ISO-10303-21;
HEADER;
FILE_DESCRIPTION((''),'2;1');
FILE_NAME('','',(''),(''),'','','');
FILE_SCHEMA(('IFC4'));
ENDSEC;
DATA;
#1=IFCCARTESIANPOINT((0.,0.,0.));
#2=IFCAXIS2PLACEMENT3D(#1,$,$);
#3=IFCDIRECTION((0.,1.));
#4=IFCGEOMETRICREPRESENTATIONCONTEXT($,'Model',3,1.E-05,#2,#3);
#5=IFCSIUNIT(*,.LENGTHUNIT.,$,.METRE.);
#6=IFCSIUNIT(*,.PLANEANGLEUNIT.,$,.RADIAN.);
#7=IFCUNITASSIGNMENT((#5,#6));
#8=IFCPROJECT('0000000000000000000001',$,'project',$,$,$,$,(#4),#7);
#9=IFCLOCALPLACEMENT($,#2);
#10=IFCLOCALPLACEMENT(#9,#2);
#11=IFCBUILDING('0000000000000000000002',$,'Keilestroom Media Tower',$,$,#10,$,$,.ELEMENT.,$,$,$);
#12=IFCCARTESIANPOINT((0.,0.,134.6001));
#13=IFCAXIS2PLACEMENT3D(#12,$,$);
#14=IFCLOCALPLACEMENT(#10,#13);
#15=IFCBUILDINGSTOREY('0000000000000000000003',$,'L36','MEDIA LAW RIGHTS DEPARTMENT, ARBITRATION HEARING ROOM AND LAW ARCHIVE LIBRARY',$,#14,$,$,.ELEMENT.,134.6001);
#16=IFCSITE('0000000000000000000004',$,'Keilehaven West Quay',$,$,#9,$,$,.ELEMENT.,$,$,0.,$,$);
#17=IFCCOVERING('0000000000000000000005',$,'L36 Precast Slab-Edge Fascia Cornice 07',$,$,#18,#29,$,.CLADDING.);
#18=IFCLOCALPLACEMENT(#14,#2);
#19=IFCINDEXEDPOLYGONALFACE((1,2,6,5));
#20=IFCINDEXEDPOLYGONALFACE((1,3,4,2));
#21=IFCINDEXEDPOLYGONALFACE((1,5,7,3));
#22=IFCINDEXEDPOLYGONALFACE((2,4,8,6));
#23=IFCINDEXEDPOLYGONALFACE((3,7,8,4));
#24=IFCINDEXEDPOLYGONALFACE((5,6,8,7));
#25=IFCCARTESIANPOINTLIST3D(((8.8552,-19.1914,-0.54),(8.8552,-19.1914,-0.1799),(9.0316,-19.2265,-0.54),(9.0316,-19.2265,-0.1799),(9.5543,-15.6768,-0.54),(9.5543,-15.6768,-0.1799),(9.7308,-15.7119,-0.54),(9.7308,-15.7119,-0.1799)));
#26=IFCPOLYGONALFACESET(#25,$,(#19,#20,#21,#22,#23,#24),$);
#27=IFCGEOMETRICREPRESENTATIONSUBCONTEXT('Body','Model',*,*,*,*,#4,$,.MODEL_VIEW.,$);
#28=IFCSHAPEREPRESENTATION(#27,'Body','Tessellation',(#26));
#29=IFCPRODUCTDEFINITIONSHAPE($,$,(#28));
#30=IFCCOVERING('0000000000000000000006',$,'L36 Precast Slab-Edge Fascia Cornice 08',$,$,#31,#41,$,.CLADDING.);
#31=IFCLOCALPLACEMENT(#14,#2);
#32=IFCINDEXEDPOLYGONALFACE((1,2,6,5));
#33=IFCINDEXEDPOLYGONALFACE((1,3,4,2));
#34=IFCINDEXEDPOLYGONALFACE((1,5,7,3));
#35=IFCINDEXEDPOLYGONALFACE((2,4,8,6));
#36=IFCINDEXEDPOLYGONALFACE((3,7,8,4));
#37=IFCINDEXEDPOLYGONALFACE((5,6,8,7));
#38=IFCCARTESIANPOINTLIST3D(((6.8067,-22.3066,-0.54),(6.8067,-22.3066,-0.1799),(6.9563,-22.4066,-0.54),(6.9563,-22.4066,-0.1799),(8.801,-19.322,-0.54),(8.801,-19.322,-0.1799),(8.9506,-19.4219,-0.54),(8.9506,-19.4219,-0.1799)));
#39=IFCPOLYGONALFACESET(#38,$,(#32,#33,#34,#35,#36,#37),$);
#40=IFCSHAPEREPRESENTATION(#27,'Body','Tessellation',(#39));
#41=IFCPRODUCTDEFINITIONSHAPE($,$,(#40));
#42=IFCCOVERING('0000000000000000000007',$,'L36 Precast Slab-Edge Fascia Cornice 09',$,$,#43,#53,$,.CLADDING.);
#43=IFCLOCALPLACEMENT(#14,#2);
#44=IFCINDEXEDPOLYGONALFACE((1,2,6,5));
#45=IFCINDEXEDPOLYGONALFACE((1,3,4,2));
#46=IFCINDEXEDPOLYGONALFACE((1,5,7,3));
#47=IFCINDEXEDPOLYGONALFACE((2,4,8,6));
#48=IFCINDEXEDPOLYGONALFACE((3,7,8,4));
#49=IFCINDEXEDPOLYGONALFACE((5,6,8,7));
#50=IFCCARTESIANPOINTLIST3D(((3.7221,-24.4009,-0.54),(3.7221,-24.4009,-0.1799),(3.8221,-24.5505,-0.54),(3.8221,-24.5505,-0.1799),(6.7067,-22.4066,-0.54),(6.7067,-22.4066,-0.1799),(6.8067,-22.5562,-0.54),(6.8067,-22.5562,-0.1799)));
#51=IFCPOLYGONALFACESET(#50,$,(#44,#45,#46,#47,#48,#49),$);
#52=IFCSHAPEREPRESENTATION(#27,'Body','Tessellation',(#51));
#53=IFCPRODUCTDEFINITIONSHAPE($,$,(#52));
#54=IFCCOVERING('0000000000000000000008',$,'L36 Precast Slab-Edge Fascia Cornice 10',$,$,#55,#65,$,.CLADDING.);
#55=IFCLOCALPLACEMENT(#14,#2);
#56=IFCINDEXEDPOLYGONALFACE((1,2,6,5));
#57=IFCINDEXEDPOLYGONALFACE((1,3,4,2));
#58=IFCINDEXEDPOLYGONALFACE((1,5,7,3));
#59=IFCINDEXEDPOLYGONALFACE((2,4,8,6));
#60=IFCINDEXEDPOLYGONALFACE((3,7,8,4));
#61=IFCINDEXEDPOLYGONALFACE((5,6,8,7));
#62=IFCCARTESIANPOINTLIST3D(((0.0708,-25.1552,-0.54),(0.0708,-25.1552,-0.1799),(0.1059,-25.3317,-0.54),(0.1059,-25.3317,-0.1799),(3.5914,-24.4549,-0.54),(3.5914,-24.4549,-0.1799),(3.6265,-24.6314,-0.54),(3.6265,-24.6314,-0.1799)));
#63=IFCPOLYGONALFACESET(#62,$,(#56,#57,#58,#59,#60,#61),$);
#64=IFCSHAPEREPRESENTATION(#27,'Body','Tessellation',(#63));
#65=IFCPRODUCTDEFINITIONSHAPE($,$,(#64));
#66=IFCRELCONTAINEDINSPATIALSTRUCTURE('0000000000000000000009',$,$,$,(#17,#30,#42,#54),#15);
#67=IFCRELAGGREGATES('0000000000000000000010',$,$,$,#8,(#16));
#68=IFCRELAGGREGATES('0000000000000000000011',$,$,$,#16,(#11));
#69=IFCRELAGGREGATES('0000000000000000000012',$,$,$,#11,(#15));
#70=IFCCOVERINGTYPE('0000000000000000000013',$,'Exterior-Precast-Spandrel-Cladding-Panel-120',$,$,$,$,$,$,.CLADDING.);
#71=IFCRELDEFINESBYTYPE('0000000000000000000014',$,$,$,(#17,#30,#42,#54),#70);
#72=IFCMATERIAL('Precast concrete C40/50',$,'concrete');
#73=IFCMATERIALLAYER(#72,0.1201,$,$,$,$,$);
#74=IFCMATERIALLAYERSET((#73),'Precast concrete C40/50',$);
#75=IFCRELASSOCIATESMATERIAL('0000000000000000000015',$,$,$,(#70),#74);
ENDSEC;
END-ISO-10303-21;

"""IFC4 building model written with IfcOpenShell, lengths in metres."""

from ifc_helpers import new_model, si_unit, direction, frame, origin, origin_2d, place, context, subcontext, project, spatial, rectangle, extrude, source, transform, mapped, material, layer, layer_set, type_object, element, save


model = new_model("IFC4")

# Units and contexts
model_context = context("Model", 3, precision=1e-05, world=origin(), true_north=direction((0.0, 1.0)))
body_context = subcontext(model_context, "Body", "Model", "MODEL_VIEW")
ifc_project = project(units=[si_unit("LENGTHUNIT", "METRE"), si_unit("PLANEANGLEUNIT", "RADIAN")], contexts=[model_context])

# Site, building, storey
site_placement = place(None, origin())
site = spatial("IfcSite", under=ifc_project, at=site_placement, Name="Keilehaven West Quay", CompositionType="ELEMENT", RefElevation=0.0)
building_placement = place(site_placement, origin())
building = spatial("IfcBuilding", under=site, at=building_placement, Name="Keilestroom Media Tower", CompositionType="ELEMENT")
storey_placement = place(building_placement, frame((0.0, 0.0, 134.6001)))
storey = spatial("IfcBuildingStorey", under=building, at=storey_placement, Name="L36", Description="MEDIA LAW RIGHTS DEPARTMENT, ARBITRATION HEARING ROOM AND LAW ARCHIVE LIBRARY", CompositionType="ELEMENT", Elevation=134.6001)

# Shared definitions
ifc_material_1 = material(Name="Precast concrete C40/50", Category="concrete")

# Coverings
ifc_layer_1 = layer(ifc_material_1, 0.1201)
ifc_layer_set_1 = layer_set([ifc_layer_1], Name="Precast concrete C40/50")
covering_type = type_object("IfcCoveringType", Name="Exterior-Precast-Spandrel-Cladding-Panel-120", PredefinedType="CLADDING", material=ifc_layer_set_1)
shared_shape_1 = source(origin(), body_context, "Body", "SweptSolid", [
    extrude(rectangle(XDim=3.5835, YDim=0.1799, at=origin_2d()), origin(), (0.0, 0.0, 1.0), 0.3601),
])
covering_placement = place(storey_placement, frame((9.293, -17.4517, -0.54), z_axis=(0.0, 0.0, 1.0), x_axis=(-0.195099, -0.980784, 0.0)))
element("IfcCovering", 1, at=covering_placement, inside=storey, type_object=covering_type, Name="L36 Precast Slab-Edge Fascia Cornice 07", PredefinedType="CLADDING", context=body_context, shape_type="MappedRepresentation", body=[
    mapped(shared_shape_1, transform((0.0, 0.0, 0.0), x_axis=(1.0, 0.0, 0.0), y_axis=(0.0, 1.0, 0.0), z_axis=(0.0, 0.0, 1.0), scale=1.0)),
])
shared_shape_2 = source(origin(), body_context, "Body", "SweptSolid", [
    extrude(rectangle(XDim=3.5896, YDim=0.1799, at=origin_2d()), origin(), (0.0, 0.0, 1.0), 0.3601),
])
for number, where, z_axis, x_axis, name in (
    (2, (7.8787, -20.8643, -0.54), (0.0, 0.0, 1.0), (-0.555575, -0.831467, 0.0), "L36 Precast Slab-Edge Fascia Cornice 08"),
    (3, (5.2644, -23.4785, -0.54), (0.0, 0.0, 1.0), (-0.831467, -0.555575, 0.0), "L36 Precast Slab-Edge Fascia Cornice 09"),
    (4, (1.8486, -24.8933, -0.54), (0.0, 0.0, 1.0), (-0.980784, -0.195099, 0.0), "L36 Precast Slab-Edge Fascia Cornice 10"),
):
    element("IfcCovering", number, at=place(storey_placement, frame(where, z_axis=z_axis, x_axis=x_axis)), inside=storey, type_object=covering_type, Name=name, PredefinedType="CLADDING", context=body_context, shape_type="MappedRepresentation", body=[
        mapped(shared_shape_2, transform((0.0, 0.0, 0.0), x_axis=(1.0, 0.0, 0.0), y_axis=(0.0, 1.0, 0.0), z_axis=(0.0, 0.0, 1.0), scale=1.0)),
    ])

save(model, "model.ifc")
